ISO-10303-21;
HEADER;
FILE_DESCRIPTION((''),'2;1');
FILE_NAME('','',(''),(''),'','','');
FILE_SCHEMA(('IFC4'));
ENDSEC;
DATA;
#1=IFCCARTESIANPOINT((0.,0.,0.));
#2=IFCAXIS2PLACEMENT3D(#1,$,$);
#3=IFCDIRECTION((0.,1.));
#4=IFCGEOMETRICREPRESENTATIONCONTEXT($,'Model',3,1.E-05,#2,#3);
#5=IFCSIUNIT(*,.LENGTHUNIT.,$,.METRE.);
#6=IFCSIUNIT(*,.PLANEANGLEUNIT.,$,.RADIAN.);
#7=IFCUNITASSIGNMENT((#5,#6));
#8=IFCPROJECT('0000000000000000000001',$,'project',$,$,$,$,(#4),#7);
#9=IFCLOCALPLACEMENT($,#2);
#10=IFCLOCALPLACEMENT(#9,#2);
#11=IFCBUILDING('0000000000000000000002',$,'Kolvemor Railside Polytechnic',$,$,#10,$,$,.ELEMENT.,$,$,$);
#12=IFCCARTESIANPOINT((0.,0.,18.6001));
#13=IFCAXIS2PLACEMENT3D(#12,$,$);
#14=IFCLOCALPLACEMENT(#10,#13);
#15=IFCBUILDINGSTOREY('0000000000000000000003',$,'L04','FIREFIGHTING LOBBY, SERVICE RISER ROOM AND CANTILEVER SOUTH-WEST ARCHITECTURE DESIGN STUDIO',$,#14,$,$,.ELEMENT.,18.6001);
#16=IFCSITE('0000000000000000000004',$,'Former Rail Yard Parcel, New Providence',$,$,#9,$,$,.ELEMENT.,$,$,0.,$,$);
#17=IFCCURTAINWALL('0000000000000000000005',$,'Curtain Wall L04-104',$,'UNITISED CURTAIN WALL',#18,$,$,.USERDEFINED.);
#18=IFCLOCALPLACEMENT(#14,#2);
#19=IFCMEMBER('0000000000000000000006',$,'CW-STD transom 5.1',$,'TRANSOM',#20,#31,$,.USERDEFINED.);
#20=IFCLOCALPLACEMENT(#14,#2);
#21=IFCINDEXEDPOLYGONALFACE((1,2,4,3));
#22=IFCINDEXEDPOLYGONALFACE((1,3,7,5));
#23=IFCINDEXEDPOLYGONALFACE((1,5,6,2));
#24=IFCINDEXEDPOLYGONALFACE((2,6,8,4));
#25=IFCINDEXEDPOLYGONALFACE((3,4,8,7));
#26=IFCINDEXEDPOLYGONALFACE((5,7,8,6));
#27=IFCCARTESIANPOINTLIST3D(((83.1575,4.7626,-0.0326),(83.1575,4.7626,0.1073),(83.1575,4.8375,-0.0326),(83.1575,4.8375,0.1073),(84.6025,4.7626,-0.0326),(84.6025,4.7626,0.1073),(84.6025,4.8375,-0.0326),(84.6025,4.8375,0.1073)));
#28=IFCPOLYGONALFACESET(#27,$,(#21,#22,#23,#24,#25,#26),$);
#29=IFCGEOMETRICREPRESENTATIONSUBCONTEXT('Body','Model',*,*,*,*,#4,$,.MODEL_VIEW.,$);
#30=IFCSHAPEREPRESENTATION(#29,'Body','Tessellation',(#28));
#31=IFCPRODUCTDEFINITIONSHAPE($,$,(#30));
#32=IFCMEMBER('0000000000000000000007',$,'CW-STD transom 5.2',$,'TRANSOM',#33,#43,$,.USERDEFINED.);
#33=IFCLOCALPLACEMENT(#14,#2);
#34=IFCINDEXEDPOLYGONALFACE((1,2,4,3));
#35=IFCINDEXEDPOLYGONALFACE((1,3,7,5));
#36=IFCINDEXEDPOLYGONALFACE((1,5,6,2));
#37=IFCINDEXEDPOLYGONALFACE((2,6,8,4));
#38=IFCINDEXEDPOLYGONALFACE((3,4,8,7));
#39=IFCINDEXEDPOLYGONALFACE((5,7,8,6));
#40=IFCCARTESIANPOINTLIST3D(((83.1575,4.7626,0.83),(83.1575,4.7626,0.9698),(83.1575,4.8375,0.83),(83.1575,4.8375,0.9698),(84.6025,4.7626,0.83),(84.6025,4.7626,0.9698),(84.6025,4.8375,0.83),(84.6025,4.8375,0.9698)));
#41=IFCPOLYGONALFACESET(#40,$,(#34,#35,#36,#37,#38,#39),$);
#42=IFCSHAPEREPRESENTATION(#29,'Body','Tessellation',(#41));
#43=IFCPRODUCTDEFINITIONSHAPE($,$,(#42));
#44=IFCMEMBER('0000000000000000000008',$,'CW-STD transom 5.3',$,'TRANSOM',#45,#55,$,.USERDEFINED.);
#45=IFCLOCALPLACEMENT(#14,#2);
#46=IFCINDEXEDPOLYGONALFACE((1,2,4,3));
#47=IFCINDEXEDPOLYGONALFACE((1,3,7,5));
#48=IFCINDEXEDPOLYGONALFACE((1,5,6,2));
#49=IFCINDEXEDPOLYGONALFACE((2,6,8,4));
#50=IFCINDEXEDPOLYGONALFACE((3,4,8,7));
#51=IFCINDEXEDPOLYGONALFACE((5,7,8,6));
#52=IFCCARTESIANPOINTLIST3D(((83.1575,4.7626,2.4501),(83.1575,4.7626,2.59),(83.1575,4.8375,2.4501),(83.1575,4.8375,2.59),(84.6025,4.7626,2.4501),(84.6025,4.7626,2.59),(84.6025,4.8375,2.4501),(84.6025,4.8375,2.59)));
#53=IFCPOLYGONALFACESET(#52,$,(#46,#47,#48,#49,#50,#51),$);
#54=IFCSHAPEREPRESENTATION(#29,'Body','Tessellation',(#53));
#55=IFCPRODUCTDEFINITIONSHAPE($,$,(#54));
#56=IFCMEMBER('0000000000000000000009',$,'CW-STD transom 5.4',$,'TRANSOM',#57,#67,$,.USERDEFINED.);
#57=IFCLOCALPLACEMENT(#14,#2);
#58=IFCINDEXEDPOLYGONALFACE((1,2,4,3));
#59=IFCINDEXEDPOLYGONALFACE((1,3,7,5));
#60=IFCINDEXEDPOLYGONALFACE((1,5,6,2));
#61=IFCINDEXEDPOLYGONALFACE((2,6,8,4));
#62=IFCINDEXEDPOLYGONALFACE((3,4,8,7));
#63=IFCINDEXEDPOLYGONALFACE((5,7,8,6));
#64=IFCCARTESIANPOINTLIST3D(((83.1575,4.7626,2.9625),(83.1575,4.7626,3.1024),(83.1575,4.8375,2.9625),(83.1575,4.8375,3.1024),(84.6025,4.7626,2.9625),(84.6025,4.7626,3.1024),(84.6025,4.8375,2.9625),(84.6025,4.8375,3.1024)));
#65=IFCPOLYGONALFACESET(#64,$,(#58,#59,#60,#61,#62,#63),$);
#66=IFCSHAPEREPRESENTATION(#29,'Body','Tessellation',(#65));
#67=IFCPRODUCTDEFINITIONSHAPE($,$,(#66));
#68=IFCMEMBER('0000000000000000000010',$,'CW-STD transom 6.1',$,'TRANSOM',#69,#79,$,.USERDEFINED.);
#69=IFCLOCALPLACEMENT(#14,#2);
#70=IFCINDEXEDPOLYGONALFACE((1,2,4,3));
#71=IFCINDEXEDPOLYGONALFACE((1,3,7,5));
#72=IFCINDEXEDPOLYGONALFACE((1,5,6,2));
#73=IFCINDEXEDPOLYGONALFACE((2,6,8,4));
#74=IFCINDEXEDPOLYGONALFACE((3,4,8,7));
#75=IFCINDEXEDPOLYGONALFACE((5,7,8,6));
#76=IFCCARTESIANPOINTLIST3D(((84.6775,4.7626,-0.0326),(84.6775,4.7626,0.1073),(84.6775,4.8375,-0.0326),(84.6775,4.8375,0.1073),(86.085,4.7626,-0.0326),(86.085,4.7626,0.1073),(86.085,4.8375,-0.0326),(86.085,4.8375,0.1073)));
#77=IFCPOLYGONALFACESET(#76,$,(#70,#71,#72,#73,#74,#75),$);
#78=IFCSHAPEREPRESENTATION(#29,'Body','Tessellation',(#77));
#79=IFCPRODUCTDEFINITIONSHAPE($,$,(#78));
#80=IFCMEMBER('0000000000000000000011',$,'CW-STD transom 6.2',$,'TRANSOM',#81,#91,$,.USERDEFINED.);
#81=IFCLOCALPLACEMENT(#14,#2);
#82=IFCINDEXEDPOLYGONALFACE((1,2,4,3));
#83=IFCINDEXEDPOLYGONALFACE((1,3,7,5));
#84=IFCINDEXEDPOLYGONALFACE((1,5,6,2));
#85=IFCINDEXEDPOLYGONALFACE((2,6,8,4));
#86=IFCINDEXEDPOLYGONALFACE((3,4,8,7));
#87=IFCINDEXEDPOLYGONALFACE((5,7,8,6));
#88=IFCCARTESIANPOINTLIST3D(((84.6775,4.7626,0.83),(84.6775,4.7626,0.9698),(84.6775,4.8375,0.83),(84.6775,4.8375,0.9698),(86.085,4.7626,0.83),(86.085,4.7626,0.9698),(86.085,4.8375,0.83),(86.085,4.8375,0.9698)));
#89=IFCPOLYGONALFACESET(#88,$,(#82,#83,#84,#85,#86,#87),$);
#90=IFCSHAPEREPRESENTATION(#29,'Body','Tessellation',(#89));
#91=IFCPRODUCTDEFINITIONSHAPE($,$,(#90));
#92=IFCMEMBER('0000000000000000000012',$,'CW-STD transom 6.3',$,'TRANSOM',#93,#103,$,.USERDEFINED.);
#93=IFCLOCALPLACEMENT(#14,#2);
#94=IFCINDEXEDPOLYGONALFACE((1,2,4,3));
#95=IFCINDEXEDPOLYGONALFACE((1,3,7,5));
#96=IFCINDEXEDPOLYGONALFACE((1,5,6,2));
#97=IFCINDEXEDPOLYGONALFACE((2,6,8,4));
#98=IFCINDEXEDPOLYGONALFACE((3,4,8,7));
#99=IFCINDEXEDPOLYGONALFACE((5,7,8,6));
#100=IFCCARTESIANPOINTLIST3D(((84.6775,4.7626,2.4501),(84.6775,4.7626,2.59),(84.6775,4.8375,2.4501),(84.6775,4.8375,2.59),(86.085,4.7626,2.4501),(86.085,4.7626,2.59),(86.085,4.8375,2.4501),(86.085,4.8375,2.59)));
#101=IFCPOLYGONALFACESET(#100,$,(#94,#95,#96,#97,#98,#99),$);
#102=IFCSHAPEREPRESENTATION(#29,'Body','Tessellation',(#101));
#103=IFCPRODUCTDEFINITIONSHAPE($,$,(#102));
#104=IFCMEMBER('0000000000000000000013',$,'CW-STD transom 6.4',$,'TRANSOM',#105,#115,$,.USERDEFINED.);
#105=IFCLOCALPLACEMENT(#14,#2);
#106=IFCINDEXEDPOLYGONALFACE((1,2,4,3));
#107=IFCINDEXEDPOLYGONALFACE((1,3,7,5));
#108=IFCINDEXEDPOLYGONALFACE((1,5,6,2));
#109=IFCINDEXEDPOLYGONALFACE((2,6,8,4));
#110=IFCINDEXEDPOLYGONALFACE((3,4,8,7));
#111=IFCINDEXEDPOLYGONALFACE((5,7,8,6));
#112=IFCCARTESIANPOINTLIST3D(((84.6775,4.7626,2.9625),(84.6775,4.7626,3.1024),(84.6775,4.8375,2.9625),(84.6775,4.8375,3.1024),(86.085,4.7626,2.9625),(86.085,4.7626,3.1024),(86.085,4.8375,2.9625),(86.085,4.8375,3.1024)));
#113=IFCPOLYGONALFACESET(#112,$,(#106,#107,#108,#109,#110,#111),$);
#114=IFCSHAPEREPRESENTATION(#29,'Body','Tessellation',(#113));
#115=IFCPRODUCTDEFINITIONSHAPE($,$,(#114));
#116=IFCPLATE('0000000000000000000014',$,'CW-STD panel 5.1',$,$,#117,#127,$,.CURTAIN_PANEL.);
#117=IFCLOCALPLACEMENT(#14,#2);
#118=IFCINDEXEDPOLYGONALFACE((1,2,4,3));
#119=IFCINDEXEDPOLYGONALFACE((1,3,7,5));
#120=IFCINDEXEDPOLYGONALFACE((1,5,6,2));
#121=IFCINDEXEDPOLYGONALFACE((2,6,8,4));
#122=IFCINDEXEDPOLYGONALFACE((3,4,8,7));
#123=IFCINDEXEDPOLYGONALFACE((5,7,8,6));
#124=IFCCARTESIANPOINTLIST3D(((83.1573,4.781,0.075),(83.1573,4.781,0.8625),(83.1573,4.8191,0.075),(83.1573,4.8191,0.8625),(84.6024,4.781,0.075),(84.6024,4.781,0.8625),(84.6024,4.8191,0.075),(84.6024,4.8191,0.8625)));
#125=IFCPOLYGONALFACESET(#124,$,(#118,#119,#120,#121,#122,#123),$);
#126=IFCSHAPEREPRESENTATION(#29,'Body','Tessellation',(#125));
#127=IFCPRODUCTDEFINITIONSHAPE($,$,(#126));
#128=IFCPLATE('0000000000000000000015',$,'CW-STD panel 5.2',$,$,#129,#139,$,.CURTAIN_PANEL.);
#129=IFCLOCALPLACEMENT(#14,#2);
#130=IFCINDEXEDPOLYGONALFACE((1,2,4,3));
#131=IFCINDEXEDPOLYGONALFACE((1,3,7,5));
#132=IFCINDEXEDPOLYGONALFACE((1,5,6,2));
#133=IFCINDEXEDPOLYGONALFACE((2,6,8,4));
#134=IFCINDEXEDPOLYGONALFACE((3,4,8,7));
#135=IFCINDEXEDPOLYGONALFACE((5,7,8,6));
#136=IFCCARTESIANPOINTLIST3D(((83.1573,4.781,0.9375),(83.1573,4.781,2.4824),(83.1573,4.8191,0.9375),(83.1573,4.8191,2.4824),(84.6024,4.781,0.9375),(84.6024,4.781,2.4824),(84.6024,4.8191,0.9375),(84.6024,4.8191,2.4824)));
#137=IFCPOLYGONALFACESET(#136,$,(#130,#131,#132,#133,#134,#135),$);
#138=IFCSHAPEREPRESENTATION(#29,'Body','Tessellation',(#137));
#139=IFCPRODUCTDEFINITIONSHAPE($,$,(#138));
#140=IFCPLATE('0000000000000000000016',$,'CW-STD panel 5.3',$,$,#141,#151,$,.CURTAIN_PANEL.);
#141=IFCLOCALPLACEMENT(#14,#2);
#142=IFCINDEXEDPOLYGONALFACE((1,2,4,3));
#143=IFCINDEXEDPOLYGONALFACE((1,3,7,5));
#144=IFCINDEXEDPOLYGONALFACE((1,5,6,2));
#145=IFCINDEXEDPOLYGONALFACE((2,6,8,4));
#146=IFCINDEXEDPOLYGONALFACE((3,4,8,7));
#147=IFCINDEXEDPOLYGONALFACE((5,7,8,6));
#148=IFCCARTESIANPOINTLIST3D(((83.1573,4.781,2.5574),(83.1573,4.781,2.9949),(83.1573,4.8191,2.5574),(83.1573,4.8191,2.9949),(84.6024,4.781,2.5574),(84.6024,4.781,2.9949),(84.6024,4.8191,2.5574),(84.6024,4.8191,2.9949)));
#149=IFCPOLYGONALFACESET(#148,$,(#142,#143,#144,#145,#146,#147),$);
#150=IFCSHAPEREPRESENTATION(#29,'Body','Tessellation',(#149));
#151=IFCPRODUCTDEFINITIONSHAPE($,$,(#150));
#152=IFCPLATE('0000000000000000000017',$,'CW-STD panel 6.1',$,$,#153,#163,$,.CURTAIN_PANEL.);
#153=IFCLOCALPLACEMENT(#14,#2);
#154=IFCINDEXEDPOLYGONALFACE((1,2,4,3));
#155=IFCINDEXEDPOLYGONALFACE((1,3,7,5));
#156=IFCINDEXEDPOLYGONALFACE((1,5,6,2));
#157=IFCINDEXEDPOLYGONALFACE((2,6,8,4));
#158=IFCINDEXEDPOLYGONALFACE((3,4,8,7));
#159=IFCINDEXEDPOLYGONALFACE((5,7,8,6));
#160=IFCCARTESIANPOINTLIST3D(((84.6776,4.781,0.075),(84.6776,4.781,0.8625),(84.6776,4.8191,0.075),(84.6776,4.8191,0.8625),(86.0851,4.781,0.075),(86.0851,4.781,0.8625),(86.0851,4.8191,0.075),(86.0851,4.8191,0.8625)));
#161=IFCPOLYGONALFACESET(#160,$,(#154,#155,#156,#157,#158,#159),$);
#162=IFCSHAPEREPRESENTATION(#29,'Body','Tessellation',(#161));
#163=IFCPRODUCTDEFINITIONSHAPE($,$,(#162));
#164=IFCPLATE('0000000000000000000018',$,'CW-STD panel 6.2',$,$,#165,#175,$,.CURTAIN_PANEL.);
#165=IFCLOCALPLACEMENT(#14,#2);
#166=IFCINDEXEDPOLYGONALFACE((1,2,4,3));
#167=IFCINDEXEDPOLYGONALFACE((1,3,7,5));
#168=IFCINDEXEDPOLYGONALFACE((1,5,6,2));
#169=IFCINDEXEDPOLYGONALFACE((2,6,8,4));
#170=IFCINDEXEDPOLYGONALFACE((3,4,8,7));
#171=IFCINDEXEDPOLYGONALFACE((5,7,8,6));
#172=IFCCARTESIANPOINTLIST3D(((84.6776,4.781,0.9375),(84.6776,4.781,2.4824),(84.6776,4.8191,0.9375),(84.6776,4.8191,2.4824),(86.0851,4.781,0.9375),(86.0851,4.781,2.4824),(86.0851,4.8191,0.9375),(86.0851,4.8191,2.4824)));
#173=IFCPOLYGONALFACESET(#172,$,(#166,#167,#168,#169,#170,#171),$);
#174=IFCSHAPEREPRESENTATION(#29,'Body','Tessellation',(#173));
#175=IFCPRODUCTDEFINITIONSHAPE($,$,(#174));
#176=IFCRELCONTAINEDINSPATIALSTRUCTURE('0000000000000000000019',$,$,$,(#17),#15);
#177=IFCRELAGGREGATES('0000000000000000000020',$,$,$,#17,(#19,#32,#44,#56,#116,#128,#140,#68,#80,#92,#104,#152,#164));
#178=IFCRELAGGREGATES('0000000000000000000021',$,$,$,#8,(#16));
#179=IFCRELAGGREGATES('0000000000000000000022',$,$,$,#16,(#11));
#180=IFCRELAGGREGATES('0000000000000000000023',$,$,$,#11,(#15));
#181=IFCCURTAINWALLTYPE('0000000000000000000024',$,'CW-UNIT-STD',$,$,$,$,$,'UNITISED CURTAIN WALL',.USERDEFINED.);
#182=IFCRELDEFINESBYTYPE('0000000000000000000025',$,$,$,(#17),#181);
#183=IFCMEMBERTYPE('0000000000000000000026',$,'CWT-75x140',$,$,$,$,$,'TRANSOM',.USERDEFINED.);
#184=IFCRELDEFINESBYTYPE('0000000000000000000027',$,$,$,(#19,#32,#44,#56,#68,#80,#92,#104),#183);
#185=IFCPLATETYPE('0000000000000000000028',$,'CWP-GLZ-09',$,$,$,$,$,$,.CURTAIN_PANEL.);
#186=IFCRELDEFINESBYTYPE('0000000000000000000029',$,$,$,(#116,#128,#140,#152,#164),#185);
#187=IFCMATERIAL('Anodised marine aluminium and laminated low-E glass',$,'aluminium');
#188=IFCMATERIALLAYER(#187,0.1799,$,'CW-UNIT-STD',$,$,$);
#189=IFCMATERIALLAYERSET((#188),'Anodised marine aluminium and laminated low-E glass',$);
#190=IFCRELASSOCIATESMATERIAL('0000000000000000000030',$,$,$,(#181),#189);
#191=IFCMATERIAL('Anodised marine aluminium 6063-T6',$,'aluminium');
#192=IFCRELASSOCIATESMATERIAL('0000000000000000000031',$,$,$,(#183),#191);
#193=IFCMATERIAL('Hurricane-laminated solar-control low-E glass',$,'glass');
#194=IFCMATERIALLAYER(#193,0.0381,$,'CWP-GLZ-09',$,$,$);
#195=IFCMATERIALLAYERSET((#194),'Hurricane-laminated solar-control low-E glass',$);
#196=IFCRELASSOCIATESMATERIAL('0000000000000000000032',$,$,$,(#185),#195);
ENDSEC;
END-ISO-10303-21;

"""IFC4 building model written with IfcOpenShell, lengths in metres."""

from ifc_helpers import new_model, si_unit, direction, frame, origin, origin_2d, place, context, subcontext, project, spatial, rectangle, extrude, material, layer, layer_set, material_profile, profile_set, type_object, element, aggregate, save


model = new_model("IFC4")

# Units and contexts
model_context = context("Model", 3, precision=1e-05, world=origin(), true_north=direction((0.0, 1.0)))
body_context = subcontext(model_context, "Body", "Model", "MODEL_VIEW")
ifc_project = project(units=[si_unit("LENGTHUNIT", "METRE"), si_unit("PLANEANGLEUNIT", "RADIAN")], contexts=[model_context])

# Site, building, storey
site_placement = place(None, origin())
site = spatial("IfcSite", under=ifc_project, at=site_placement, Name="Former Rail Yard Parcel, New Providence", CompositionType="ELEMENT", RefElevation=0.0)
building_placement = place(site_placement, origin())
building = spatial("IfcBuilding", under=site, at=building_placement, Name="Kolvemor Railside Polytechnic", CompositionType="ELEMENT")
storey_placement = place(building_placement, frame((0.0, 0.0, 18.6001)))
storey = spatial("IfcBuildingStorey", under=building, at=storey_placement, Name="L04", Description="FIREFIGHTING LOBBY, SERVICE RISER ROOM AND CANTILEVER SOUTH-WEST ARCHITECTURE DESIGN STUDIO", CompositionType="ELEMENT", Elevation=18.6001)

# Curtain wall, members, plates
ifc_material_1 = material(Name="Anodised marine aluminium and laminated low-E glass", Category="aluminium")
ifc_layer_1 = layer(ifc_material_1, 0.1799, Name="CW-UNIT-STD")
ifc_layer_set_1 = layer_set([ifc_layer_1], Name="Anodised marine aluminium and laminated low-E glass")
curtain_wall_type = type_object("IfcCurtainWallType", Name="CW-UNIT-STD", ElementType="UNITISED CURTAIN WALL", PredefinedType="USERDEFINED", material=ifc_layer_set_1)
curtain_wall_placement = place(storey_placement, origin())
curtain_wall = element("IfcCurtainWall", 1, at=curtain_wall_placement, inside=storey, type_object=curtain_wall_type, Name="Curtain Wall L04-104", ObjectType="UNITISED CURTAIN WALL", PredefinedType="USERDEFINED")
ifc_material_2 = material(Name="Anodised marine aluminium 6063-T6", Category="aluminium")
ifc_material_profile_1 = material_profile(ifc_material_2, rectangle(XDim=0.075, YDim=0.1399, at=origin_2d()), Name="CW-TRN-75x140")
ifc_profile_set_1 = profile_set([ifc_material_profile_1], Name="Anodised marine aluminium 6063-T6")
member_type_1 = type_object("IfcMemberType", Name="CWT-75x140", ElementType="TRANSOM", PredefinedType="USERDEFINED", material=ifc_profile_set_1)
member_1_placement = place(storey_placement, frame((83.1575, 4.8, 0.0374), z_axis=(1.0, 0.0, 0.0), x_axis=(0.0, 1.0, 0.0)))
member_1 = element("IfcMember", 2, at=member_1_placement, type_object=member_type_1, Name="CW-STD transom 5.1", ObjectType="TRANSOM", PredefinedType="USERDEFINED", context=body_context, shape_type="SweptSolid", body=[
    extrude(rectangle(XDim=0.075, YDim=0.1399, at=origin_2d()), origin(), (0.0, 0.0, 1.0), 1.4451),
])
member_2_placement = place(storey_placement, frame((83.1575, 4.8, 0.8999), z_axis=(1.0, 0.0, 0.0), x_axis=(0.0, 1.0, 0.0)))
member_2 = element("IfcMember", 3, at=member_2_placement, type_object=member_type_1, Name="CW-STD transom 5.2", ObjectType="TRANSOM", PredefinedType="USERDEFINED", context=body_context, shape_type="SweptSolid", body=[
    extrude(rectangle(XDim=0.075, YDim=0.1399, at=origin_2d()), origin(), (0.0, 0.0, 1.0), 1.4451),
])
member_3_placement = place(storey_placement, frame((83.1575, 4.8, 2.52), z_axis=(1.0, 0.0, 0.0), x_axis=(0.0, 1.0, 0.0)))
member_3 = element("IfcMember", 4, at=member_3_placement, type_object=member_type_1, Name="CW-STD transom 5.3", ObjectType="TRANSOM", PredefinedType="USERDEFINED", context=body_context, shape_type="SweptSolid", body=[
    extrude(rectangle(XDim=0.075, YDim=0.1399, at=origin_2d()), origin(), (0.0, 0.0, 1.0), 1.4451),
])
member_4_placement = place(storey_placement, frame((83.1575, 4.8, 3.0325), z_axis=(1.0, 0.0, 0.0), x_axis=(0.0, 1.0, 0.0)))
member_4 = element("IfcMember", 5, at=member_4_placement, type_object=member_type_1, Name="CW-STD transom 5.4", ObjectType="TRANSOM", PredefinedType="USERDEFINED", context=body_context, shape_type="SweptSolid", body=[
    extrude(rectangle(XDim=0.075, YDim=0.1399, at=origin_2d()), origin(), (0.0, 0.0, 1.0), 1.4451),
])
member_5_placement = place(storey_placement, frame((84.6775, 4.8, 0.0374), z_axis=(1.0, 0.0, 0.0), x_axis=(0.0, 1.0, 0.0)))
member_5 = element("IfcMember", 6, at=member_5_placement, type_object=member_type_1, Name="CW-STD transom 6.1", ObjectType="TRANSOM", PredefinedType="USERDEFINED", context=body_context, shape_type="SweptSolid", body=[
    extrude(rectangle(XDim=0.075, YDim=0.1399, at=origin_2d()), origin(), (0.0, 0.0, 1.0), 1.4075),
])
member_6_placement = place(storey_placement, frame((84.6775, 4.8, 0.8999), z_axis=(1.0, 0.0, 0.0), x_axis=(0.0, 1.0, 0.0)))
member_6 = element("IfcMember", 7, at=member_6_placement, type_object=member_type_1, Name="CW-STD transom 6.2", ObjectType="TRANSOM", PredefinedType="USERDEFINED", context=body_context, shape_type="SweptSolid", body=[
    extrude(rectangle(XDim=0.075, YDim=0.1399, at=origin_2d()), origin(), (0.0, 0.0, 1.0), 1.4075),
])
member_7_placement = place(storey_placement, frame((84.6775, 4.8, 2.52), z_axis=(1.0, 0.0, 0.0), x_axis=(0.0, 1.0, 0.0)))
member_7 = element("IfcMember", 8, at=member_7_placement, type_object=member_type_1, Name="CW-STD transom 6.3", ObjectType="TRANSOM", PredefinedType="USERDEFINED", context=body_context, shape_type="SweptSolid", body=[
    extrude(rectangle(XDim=0.075, YDim=0.1399, at=origin_2d()), origin(), (0.0, 0.0, 1.0), 1.4075),
])
member_8_placement = place(storey_placement, frame((84.6775, 4.8, 3.0325), z_axis=(1.0, 0.0, 0.0), x_axis=(0.0, 1.0, 0.0)))
member_8 = element("IfcMember", 9, at=member_8_placement, type_object=member_type_1, Name="CW-STD transom 6.4", ObjectType="TRANSOM", PredefinedType="USERDEFINED", context=body_context, shape_type="SweptSolid", body=[
    extrude(rectangle(XDim=0.075, YDim=0.1399, at=origin_2d()), origin(), (0.0, 0.0, 1.0), 1.4075),
])
ifc_material_3 = material(Name="Hurricane-laminated solar-control low-E glass", Category="glass")
ifc_layer_2 = layer(ifc_material_3, 0.0381, Name="CWP-GLZ-09")
ifc_layer_set_2 = layer_set([ifc_layer_2], Name="Hurricane-laminated solar-control low-E glass")
plate_type = type_object("IfcPlateType", Name="CWP-GLZ-09", PredefinedType="CURTAIN_PANEL", material=ifc_layer_set_2)
plate_1_placement = place(storey_placement, frame((83.8799, 4.8, 0.075), z_axis=(0.0, 0.0, 1.0), x_axis=(1.0, 0.0, 0.0)))
plate_1 = element("IfcPlate", 10, at=plate_1_placement, type_object=plate_type, Name="CW-STD panel 5.1", PredefinedType="CURTAIN_PANEL", context=body_context, shape_type="SweptSolid", body=[
    extrude(rectangle(XDim=1.4451, YDim=0.0381, at=origin_2d()), origin(), (0.0, 0.0, 1.0), 0.7876),
])
plate_2_placement = place(storey_placement, frame((83.8799, 4.8, 0.9375), z_axis=(0.0, 0.0, 1.0), x_axis=(1.0, 0.0, 0.0)))
plate_2 = element("IfcPlate", 11, at=plate_2_placement, type_object=plate_type, Name="CW-STD panel 5.2", PredefinedType="CURTAIN_PANEL", context=body_context, shape_type="SweptSolid", body=[
    extrude(rectangle(XDim=1.4451, YDim=0.0381, at=origin_2d()), origin(), (0.0, 0.0, 1.0), 1.5449),
])
plate_3_placement = place(storey_placement, frame((83.8799, 4.8, 2.5574), z_axis=(0.0, 0.0, 1.0), x_axis=(1.0, 0.0, 0.0)))
plate_3 = element("IfcPlate", 12, at=plate_3_placement, type_object=plate_type, Name="CW-STD panel 5.3", PredefinedType="CURTAIN_PANEL", context=body_context, shape_type="SweptSolid", body=[
    extrude(rectangle(XDim=1.4451, YDim=0.0381, at=origin_2d()), origin(), (0.0, 0.0, 1.0), 0.4375),
])
plate_4_placement = place(storey_placement, frame((85.3813, 4.8, 0.075), z_axis=(0.0, 0.0, 1.0), x_axis=(1.0, 0.0, 0.0)))
plate_4 = element("IfcPlate", 13, at=plate_4_placement, type_object=plate_type, Name="CW-STD panel 6.1", PredefinedType="CURTAIN_PANEL", context=body_context, shape_type="SweptSolid", body=[
    extrude(rectangle(XDim=1.4075, YDim=0.0381, at=origin_2d()), origin(), (0.0, 0.0, 1.0), 0.7876),
])
plate_5_placement = place(storey_placement, frame((85.3813, 4.8, 0.9375), z_axis=(0.0, 0.0, 1.0), x_axis=(1.0, 0.0, 0.0)))
plate_5 = element("IfcPlate", 14, at=plate_5_placement, type_object=plate_type, Name="CW-STD panel 6.2", PredefinedType="CURTAIN_PANEL", context=body_context, shape_type="SweptSolid", body=[
    extrude(rectangle(XDim=1.4075, YDim=0.0381, at=origin_2d()), origin(), (0.0, 0.0, 1.0), 1.5449),
])
aggregate(curtain_wall, [member_1, member_2, member_3, member_4, plate_1, plate_2, plate_3, member_5, member_6, member_7, member_8, plate_4, plate_5])

save(model, "model.ifc")
